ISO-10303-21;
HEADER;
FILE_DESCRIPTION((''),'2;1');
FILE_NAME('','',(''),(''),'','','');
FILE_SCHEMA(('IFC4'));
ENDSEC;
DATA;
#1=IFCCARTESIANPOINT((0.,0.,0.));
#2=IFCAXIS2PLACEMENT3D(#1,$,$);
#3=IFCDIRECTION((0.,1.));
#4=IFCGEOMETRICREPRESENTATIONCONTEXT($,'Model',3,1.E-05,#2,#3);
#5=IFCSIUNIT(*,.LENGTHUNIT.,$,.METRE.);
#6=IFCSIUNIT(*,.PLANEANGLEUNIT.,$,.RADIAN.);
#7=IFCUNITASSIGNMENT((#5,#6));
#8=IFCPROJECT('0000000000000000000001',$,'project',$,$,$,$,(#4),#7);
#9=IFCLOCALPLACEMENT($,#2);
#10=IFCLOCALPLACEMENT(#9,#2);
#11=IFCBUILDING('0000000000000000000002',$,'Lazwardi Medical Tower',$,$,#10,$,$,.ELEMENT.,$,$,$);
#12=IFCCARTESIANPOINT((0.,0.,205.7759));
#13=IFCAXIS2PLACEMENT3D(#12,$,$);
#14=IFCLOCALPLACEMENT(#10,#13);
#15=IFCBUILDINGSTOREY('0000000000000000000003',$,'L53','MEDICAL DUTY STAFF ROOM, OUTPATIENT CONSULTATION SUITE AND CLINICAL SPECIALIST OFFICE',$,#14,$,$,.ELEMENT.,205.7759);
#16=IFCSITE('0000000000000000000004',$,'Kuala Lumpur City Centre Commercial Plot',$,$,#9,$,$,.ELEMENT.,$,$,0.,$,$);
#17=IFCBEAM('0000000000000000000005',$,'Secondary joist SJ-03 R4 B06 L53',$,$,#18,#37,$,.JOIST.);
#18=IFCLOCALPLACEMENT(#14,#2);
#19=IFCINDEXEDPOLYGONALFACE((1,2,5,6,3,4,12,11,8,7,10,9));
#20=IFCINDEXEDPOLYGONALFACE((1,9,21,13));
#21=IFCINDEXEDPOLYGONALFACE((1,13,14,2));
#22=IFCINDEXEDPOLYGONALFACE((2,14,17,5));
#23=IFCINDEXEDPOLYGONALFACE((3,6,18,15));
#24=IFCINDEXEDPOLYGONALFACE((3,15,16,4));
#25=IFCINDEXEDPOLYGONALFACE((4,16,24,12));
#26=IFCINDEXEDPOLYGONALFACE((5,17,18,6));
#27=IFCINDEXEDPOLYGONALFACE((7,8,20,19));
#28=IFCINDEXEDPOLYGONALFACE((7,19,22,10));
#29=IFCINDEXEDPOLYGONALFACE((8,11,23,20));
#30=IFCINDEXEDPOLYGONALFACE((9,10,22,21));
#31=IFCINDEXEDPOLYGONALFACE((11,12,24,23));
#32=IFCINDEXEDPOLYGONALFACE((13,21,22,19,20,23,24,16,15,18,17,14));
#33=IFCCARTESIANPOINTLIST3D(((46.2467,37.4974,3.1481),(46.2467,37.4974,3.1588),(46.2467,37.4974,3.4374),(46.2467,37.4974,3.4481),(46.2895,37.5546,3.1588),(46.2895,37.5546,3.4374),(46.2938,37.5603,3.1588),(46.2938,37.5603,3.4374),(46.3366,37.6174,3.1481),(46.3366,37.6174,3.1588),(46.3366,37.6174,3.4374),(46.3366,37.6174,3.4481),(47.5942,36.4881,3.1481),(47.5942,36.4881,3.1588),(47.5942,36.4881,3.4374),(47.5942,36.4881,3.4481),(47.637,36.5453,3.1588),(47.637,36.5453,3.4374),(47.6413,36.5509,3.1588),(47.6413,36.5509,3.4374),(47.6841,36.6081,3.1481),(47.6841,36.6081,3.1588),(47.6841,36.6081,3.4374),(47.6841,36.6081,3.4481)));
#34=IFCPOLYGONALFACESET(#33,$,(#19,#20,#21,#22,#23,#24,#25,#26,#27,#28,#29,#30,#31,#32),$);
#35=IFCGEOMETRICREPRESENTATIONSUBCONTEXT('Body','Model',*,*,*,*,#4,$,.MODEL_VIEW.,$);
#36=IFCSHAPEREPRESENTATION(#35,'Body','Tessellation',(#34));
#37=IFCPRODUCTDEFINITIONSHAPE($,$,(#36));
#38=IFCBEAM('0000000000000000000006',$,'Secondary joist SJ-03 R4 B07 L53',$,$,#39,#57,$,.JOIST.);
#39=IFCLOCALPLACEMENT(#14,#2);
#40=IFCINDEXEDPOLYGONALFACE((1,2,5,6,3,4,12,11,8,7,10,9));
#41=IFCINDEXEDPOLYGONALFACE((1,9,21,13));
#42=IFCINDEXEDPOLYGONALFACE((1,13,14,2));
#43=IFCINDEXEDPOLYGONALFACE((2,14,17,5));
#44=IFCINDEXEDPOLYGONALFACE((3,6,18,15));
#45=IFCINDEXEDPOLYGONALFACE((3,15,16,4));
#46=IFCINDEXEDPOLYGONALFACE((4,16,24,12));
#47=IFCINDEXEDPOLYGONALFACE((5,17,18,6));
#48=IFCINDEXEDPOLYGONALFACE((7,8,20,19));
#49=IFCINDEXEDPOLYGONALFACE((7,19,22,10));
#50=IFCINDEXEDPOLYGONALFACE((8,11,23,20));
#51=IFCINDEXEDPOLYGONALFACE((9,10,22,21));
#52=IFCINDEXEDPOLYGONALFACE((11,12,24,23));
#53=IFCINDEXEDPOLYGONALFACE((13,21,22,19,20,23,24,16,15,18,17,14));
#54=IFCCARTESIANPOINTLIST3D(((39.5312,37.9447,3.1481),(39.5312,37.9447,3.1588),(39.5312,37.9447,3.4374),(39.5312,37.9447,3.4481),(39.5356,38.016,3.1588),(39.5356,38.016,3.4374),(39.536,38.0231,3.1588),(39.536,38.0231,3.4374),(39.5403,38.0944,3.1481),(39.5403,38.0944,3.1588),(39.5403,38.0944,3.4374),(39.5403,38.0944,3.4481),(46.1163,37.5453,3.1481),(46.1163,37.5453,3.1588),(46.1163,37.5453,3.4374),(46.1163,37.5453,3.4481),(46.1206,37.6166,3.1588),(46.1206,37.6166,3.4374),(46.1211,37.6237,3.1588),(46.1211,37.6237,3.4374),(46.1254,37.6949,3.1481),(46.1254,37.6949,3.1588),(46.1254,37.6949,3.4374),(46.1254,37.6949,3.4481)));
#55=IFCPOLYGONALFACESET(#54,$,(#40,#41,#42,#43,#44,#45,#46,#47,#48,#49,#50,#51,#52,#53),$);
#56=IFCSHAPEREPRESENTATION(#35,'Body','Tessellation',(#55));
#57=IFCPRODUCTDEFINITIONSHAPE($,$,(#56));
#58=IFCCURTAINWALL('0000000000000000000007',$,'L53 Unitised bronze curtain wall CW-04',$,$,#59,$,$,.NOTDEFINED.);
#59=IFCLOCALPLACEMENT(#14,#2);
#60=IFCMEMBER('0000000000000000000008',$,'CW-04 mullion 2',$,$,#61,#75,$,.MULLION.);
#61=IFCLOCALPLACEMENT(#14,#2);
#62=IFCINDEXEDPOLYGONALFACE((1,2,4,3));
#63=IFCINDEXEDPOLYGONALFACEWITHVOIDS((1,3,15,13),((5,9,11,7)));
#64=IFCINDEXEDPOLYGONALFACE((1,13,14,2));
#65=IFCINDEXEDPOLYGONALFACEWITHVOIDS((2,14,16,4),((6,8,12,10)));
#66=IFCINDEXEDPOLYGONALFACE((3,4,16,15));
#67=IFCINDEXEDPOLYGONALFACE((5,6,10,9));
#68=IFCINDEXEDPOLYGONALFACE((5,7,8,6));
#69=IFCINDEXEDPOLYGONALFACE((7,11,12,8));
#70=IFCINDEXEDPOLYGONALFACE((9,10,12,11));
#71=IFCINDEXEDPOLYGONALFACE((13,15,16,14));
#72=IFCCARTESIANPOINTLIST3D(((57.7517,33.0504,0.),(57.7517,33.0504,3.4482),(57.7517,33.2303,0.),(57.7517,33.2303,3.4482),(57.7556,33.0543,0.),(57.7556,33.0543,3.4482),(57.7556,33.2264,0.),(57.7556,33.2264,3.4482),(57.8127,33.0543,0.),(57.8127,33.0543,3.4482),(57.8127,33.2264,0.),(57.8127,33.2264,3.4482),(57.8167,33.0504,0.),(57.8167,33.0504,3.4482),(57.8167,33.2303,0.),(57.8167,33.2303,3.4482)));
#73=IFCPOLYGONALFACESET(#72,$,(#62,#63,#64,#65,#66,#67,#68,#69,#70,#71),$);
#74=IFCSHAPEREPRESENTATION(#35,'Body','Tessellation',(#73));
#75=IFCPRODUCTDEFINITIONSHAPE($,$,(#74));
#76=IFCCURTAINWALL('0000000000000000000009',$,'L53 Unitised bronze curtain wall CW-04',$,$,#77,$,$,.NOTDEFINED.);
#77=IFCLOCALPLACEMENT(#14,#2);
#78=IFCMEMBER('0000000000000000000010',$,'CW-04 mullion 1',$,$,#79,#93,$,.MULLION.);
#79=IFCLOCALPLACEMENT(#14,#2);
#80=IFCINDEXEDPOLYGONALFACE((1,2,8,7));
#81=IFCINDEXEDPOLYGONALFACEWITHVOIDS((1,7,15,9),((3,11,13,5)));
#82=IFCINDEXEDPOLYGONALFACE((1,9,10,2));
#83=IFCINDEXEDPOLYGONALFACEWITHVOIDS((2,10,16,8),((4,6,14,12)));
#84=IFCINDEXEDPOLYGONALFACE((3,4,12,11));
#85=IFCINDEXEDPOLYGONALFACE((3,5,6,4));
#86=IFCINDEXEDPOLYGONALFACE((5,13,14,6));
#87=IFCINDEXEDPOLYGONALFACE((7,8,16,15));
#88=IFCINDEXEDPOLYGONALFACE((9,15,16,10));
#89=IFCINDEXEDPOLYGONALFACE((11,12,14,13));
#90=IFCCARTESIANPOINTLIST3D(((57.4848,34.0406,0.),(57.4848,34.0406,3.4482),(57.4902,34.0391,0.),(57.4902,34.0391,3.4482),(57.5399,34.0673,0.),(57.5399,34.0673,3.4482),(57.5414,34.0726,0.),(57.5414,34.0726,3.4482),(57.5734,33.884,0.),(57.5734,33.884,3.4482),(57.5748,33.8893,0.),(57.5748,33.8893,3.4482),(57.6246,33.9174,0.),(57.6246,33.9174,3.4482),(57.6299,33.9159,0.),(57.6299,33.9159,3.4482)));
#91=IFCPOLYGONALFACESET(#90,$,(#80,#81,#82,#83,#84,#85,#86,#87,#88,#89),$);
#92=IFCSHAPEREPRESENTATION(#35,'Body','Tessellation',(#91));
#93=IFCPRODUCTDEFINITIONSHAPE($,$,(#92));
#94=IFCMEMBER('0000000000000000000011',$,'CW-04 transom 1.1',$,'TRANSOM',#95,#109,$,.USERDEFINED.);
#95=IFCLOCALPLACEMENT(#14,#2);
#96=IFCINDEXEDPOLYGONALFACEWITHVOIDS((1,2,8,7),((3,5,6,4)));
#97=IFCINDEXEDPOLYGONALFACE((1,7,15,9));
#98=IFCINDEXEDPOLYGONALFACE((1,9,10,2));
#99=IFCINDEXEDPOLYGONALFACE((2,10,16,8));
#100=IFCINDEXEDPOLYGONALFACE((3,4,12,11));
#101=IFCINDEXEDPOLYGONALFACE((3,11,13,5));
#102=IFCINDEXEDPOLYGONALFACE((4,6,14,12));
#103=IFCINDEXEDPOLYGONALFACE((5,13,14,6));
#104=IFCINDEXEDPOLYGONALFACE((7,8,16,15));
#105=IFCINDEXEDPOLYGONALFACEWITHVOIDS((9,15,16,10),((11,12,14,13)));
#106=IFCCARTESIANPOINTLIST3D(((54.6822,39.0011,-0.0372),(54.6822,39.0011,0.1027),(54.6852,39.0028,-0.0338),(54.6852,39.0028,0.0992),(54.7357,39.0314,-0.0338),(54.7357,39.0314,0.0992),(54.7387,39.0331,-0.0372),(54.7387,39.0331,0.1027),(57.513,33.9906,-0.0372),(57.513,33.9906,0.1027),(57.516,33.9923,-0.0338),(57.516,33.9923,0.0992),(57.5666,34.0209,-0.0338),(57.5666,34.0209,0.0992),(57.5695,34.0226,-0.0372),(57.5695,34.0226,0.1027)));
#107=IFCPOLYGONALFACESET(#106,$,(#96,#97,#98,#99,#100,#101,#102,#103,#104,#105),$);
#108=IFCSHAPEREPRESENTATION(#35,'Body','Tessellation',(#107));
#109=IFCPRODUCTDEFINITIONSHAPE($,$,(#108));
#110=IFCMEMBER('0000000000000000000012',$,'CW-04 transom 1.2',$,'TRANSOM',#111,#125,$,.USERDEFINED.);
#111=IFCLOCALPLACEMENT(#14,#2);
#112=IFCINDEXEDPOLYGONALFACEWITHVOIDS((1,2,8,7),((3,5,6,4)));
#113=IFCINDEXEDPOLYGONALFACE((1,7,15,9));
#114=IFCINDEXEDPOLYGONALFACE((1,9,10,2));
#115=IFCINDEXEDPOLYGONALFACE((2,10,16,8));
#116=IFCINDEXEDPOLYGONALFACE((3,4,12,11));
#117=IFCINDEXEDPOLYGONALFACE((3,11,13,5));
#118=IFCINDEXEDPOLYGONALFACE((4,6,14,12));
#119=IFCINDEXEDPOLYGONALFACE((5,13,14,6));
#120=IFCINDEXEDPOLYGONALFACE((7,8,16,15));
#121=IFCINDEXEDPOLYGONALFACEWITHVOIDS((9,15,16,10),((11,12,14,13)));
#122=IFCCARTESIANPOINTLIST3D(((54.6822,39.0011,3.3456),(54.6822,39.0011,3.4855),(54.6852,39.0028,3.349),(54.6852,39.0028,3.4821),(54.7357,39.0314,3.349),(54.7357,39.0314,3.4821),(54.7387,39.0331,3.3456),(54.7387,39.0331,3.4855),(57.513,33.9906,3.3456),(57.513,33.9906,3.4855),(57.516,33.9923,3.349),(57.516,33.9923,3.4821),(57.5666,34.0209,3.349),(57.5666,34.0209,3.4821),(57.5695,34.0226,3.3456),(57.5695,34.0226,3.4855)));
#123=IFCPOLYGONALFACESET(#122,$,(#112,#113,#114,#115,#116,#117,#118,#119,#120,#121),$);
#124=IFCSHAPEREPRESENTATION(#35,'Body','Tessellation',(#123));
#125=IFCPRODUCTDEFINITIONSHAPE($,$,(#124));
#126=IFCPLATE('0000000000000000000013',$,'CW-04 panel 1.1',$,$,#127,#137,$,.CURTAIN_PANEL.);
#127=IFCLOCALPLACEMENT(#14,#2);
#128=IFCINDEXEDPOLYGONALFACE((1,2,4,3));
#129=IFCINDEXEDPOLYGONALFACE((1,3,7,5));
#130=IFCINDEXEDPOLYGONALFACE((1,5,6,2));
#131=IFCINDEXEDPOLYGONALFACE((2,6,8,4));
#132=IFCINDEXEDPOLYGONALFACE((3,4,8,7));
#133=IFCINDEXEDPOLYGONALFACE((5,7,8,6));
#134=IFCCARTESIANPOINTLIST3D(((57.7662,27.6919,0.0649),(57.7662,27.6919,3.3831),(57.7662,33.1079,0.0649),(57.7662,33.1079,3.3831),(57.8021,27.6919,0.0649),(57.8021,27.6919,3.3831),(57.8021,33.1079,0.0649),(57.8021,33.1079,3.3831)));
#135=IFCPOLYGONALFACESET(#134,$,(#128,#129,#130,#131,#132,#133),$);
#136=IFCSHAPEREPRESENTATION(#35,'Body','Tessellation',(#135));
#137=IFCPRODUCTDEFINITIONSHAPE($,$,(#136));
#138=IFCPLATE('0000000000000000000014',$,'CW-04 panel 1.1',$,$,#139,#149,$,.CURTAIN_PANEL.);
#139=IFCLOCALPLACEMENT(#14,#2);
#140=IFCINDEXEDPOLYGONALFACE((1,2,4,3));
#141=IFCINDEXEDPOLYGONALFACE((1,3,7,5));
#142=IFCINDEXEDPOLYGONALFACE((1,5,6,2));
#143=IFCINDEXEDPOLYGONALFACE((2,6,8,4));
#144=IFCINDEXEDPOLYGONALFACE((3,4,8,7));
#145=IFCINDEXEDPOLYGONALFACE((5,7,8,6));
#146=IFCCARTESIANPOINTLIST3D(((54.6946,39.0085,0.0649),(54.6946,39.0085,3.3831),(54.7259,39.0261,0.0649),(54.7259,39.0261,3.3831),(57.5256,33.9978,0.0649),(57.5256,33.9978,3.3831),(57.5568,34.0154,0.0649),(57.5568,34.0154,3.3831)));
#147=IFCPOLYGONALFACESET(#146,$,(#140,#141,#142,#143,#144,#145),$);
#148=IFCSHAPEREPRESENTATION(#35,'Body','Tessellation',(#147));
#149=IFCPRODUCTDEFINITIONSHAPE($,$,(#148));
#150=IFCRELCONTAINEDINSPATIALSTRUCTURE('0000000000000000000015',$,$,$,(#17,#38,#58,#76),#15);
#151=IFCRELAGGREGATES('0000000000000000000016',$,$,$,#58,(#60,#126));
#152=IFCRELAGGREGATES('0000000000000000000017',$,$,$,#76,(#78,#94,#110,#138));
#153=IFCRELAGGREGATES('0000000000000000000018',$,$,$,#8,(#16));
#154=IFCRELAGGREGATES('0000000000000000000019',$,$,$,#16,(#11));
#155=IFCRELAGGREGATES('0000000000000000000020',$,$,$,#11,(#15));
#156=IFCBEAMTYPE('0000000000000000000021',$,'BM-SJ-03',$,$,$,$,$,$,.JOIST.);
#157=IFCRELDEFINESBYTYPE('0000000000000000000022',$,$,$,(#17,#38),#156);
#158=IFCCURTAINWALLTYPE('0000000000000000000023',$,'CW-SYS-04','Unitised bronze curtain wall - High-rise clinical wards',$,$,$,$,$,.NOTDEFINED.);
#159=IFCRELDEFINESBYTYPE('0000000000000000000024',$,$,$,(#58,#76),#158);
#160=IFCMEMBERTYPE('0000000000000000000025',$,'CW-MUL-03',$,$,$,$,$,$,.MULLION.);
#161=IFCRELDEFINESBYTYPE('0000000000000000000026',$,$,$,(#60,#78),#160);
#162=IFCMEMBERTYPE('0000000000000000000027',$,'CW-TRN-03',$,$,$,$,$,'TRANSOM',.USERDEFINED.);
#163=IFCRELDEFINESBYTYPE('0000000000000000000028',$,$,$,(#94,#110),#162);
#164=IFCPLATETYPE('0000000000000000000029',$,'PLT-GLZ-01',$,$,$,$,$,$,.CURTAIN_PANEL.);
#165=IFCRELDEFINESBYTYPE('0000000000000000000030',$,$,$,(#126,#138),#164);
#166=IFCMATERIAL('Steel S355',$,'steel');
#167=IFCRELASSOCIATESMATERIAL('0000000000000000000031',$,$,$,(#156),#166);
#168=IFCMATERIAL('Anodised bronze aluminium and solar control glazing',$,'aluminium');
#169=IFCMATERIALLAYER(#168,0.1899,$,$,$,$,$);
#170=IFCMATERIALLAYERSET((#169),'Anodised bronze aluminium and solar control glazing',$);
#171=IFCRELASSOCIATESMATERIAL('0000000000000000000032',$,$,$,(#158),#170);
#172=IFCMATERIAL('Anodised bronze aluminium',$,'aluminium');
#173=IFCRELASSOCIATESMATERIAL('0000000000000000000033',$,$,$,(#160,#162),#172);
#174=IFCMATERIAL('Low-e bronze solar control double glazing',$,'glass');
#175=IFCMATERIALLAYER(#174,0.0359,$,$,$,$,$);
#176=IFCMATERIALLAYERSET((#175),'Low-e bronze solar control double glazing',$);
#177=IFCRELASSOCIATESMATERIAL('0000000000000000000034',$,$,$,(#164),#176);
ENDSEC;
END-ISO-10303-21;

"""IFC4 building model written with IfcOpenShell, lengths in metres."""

from ifc_helpers import new_model, si_unit, direction, frame, origin, origin_2d, place, context, subcontext, project, spatial, rectangle, hollow_rectangle, i_section, extrude, material, layer, layer_set, material_profile, profile_set, type_object, element, aggregate, save


model = new_model("IFC4")

# Units and contexts
model_context = context("Model", 3, precision=1e-05, world=origin(), true_north=direction((0.0, 1.0)))
body_context = subcontext(model_context, "Body", "Model", "MODEL_VIEW")
ifc_project = project(units=[si_unit("LENGTHUNIT", "METRE"), si_unit("PLANEANGLEUNIT", "RADIAN")], contexts=[model_context])

# Site, building, storey
site_placement = place(None, origin())
site = spatial("IfcSite", under=ifc_project, at=site_placement, Name="Kuala Lumpur City Centre Commercial Plot", CompositionType="ELEMENT", RefElevation=0.0)
building_placement = place(site_placement, origin())
building = spatial("IfcBuilding", under=site, at=building_placement, Name="Lazwardi Medical Tower", CompositionType="ELEMENT")
storey_placement = place(building_placement, frame((0.0, 0.0, 205.7759)))
storey = spatial("IfcBuildingStorey", under=building, at=storey_placement, Name="L53", Description="MEDICAL DUTY STAFF ROOM, OUTPATIENT CONSULTATION SUITE AND CLINICAL SPECIALIST OFFICE", CompositionType="ELEMENT", Elevation=205.7759)

# Beams
ifc_material_1 = material(Name="Steel S355", Category="steel")
ifc_material_profile_1 = material_profile(ifc_material_1, i_section(OverallWidth=0.1499, OverallDepth=0.3, WebThickness=0.0071, FlangeThickness=0.0107, at=origin_2d()), Name="IPE 300")
ifc_profile_set_1 = profile_set([ifc_material_profile_1], Name="Steel S355")
beam_type_1 = type_object("IfcBeamType", Name="BM-SJ-03", PredefinedType="JOIST", material=ifc_profile_set_1)
beam_1_placement = place(storey_placement, frame((47.6392, 36.5481, 3.2981), z_axis=(-0.800365, 0.599513, 0.0), x_axis=(-0.599513, -0.800365, 0.0)))
element("IfcBeam", 1, at=beam_1_placement, inside=storey, type_object=beam_type_1, Name="Secondary joist SJ-03 R4 B06 L53", PredefinedType="JOIST", context=body_context, shape_type="SweptSolid", body=[
    extrude(i_section(OverallWidth=0.1499, OverallDepth=0.3, WebThickness=0.0071, FlangeThickness=0.0107, at=origin_2d()), origin(), (0.0, 0.0, 1.0), 1.6836),
])
beam_2_placement = place(storey_placement, frame((46.1208, 37.6201, 3.2981), z_axis=(-0.998166, 0.060544, 0.0), x_axis=(-0.060544, -0.998166, 0.0)))
element("IfcBeam", 2, at=beam_2_placement, inside=storey, type_object=beam_type_1, Name="Secondary joist SJ-03 R4 B07 L53", PredefinedType="JOIST", context=body_context, shape_type="SweptSolid", body=[
    extrude(i_section(OverallWidth=0.1499, OverallDepth=0.3, WebThickness=0.0071, FlangeThickness=0.0107, at=origin_2d()), origin(), (0.0, 0.0, 1.0), 6.5972),
])

# Curtain wall, member
ifc_material_2 = material(Name="Anodised bronze aluminium and solar control glazing", Category="aluminium")
ifc_layer_1 = layer(ifc_material_2, 0.1899)
ifc_layer_set_1 = layer_set([ifc_layer_1], Name="Anodised bronze aluminium and solar control glazing")
curtain_wall_type = type_object("IfcCurtainWallType", Name="CW-SYS-04", Description="Unitised bronze curtain wall - High-rise clinical wards", PredefinedType="NOTDEFINED", material=ifc_layer_set_1)
curtain_wall_1_placement = place(storey_placement, origin())
curtain_wall_1 = element("IfcCurtainWall", 3, at=curtain_wall_1_placement, inside=storey, type_object=curtain_wall_type, Name="L53 Unitised bronze curtain wall CW-04", PredefinedType="NOTDEFINED")
ifc_material_3 = material(Name="Anodised bronze aluminium", Category="aluminium")
ifc_material_profile_2 = material_profile(ifc_material_3, hollow_rectangle(XDim=0.0649, YDim=0.1799, WallThickness=0.0039, at=origin_2d()), Name="ALU-MULLION 180x65x4")
ifc_profile_set_2 = profile_set([ifc_material_profile_2], Name="Anodised bronze aluminium")
member_type_1 = type_object("IfcMemberType", Name="CW-MUL-03", PredefinedType="MULLION", material=ifc_profile_set_2)
member_1_placement = place(storey_placement, frame((57.7842, 33.1404, 0.0), z_axis=(0.0, 0.0, 1.0), x_axis=(-1.0, 0.0, 0.0)))
member_1 = element("IfcMember", 4, at=member_1_placement, type_object=member_type_1, Name="CW-04 mullion 2", PredefinedType="MULLION", context=body_context, shape_type="SweptSolid", body=[
    extrude(hollow_rectangle(XDim=0.0649, YDim=0.1799, WallThickness=0.0039, at=origin_2d()), origin(), (0.0, 0.0, 1.0), 3.4482),
])

# Curtain wall, members
curtain_wall_2_placement = place(storey_placement, origin())
curtain_wall_2 = element("IfcCurtainWall", 5, at=curtain_wall_2_placement, inside=storey, type_object=curtain_wall_type, Name="L53 Unitised bronze curtain wall CW-04", PredefinedType="NOTDEFINED")
member_2_placement = place(storey_placement, frame((57.5574, 33.9783, 0.0), z_axis=(0.0, 0.0, 1.0), x_axis=(-0.870651, -0.4919, 0.0)))
member_2 = element("IfcMember", 6, at=member_2_placement, type_object=member_type_1, Name="CW-04 mullion 1", PredefinedType="MULLION", context=body_context, shape_type="SweptSolid", body=[
    extrude(hollow_rectangle(XDim=0.0649, YDim=0.1799, WallThickness=0.0039, at=origin_2d()), origin(), (0.0, 0.0, 1.0), 3.4482),
])
ifc_material_profile_3 = material_profile(ifc_material_3, hollow_rectangle(XDim=0.0649, YDim=0.1399, WallThickness=0.0034, at=origin_2d()), Name="ALU-TRANSOM 140x65x3.5")
ifc_profile_set_3 = profile_set([ifc_material_profile_3], Name="Anodised bronze aluminium")
member_type_2 = type_object("IfcMemberType", Name="CW-TRN-03", ElementType="TRANSOM", PredefinedType="USERDEFINED", material=ifc_profile_set_3)
member_3_placement = place(storey_placement, frame((57.5413, 34.0066, 0.0327), z_axis=(-0.491898, 0.870653, 0.0), x_axis=(-0.870653, -0.491898, 0.0)))
member_3 = element("IfcMember", 7, at=member_3_placement, type_object=member_type_2, Name="CW-04 transom 1.1", ObjectType="TRANSOM", PredefinedType="USERDEFINED", context=body_context, shape_type="SweptSolid", body=[
    extrude(hollow_rectangle(XDim=0.0649, YDim=0.1399, WallThickness=0.0034, at=origin_2d()), origin(), (0.0, 0.0, 1.0), 5.7549),
])
member_4_placement = place(storey_placement, frame((57.5413, 34.0066, 3.4155), z_axis=(-0.491898, 0.870653, 0.0), x_axis=(-0.870653, -0.491898, 0.0)))
member_4 = element("IfcMember", 8, at=member_4_placement, type_object=member_type_2, Name="CW-04 transom 1.2", ObjectType="TRANSOM", PredefinedType="USERDEFINED", context=body_context, shape_type="SweptSolid", body=[
    extrude(hollow_rectangle(XDim=0.0649, YDim=0.1399, WallThickness=0.0034, at=origin_2d()), origin(), (0.0, 0.0, 1.0), 5.7549),
])

# Plates
ifc_material_4 = material(Name="Low-e bronze solar control double glazing", Category="glass")
ifc_layer_2 = layer(ifc_material_4, 0.0359)
ifc_layer_set_2 = layer_set([ifc_layer_2], Name="Low-e bronze solar control double glazing")
plate_type = type_object("IfcPlateType", Name="PLT-GLZ-01", PredefinedType="CURTAIN_PANEL", material=ifc_layer_set_2)
plate_1_placement = place(storey_placement, frame((57.7842, 30.3999, 0.0649), z_axis=(0.0, 0.0, 1.0), x_axis=(0.0, 1.0, 0.0)))
plate_1 = element("IfcPlate", 9, at=plate_1_placement, type_object=plate_type, Name="CW-04 panel 1.1", PredefinedType="CURTAIN_PANEL", context=body_context, shape_type="SweptSolid", body=[
    extrude(rectangle(XDim=5.416, YDim=0.0359, at=origin_2d()), origin(), (0.0, 0.0, 1.0), 3.3181),
])
aggregate(curtain_wall_1, [member_1, plate_1])
plate_2_placement = place(storey_placement, frame((56.1257, 36.512, 0.0649), z_axis=(0.0, 0.0, 1.0), x_axis=(-0.4919, 0.870651, 0.0)))
plate_2 = element("IfcPlate", 10, at=plate_2_placement, type_object=plate_type, Name="CW-04 panel 1.1", PredefinedType="CURTAIN_PANEL", context=body_context, shape_type="SweptSolid", body=[
    extrude(rectangle(XDim=5.7551, YDim=0.0359, at=origin_2d()), origin(), (0.0, 0.0, 1.0), 3.3181),
])
aggregate(curtain_wall_2, [member_2, member_3, member_4, plate_2])

save(model, "model.ifc")
